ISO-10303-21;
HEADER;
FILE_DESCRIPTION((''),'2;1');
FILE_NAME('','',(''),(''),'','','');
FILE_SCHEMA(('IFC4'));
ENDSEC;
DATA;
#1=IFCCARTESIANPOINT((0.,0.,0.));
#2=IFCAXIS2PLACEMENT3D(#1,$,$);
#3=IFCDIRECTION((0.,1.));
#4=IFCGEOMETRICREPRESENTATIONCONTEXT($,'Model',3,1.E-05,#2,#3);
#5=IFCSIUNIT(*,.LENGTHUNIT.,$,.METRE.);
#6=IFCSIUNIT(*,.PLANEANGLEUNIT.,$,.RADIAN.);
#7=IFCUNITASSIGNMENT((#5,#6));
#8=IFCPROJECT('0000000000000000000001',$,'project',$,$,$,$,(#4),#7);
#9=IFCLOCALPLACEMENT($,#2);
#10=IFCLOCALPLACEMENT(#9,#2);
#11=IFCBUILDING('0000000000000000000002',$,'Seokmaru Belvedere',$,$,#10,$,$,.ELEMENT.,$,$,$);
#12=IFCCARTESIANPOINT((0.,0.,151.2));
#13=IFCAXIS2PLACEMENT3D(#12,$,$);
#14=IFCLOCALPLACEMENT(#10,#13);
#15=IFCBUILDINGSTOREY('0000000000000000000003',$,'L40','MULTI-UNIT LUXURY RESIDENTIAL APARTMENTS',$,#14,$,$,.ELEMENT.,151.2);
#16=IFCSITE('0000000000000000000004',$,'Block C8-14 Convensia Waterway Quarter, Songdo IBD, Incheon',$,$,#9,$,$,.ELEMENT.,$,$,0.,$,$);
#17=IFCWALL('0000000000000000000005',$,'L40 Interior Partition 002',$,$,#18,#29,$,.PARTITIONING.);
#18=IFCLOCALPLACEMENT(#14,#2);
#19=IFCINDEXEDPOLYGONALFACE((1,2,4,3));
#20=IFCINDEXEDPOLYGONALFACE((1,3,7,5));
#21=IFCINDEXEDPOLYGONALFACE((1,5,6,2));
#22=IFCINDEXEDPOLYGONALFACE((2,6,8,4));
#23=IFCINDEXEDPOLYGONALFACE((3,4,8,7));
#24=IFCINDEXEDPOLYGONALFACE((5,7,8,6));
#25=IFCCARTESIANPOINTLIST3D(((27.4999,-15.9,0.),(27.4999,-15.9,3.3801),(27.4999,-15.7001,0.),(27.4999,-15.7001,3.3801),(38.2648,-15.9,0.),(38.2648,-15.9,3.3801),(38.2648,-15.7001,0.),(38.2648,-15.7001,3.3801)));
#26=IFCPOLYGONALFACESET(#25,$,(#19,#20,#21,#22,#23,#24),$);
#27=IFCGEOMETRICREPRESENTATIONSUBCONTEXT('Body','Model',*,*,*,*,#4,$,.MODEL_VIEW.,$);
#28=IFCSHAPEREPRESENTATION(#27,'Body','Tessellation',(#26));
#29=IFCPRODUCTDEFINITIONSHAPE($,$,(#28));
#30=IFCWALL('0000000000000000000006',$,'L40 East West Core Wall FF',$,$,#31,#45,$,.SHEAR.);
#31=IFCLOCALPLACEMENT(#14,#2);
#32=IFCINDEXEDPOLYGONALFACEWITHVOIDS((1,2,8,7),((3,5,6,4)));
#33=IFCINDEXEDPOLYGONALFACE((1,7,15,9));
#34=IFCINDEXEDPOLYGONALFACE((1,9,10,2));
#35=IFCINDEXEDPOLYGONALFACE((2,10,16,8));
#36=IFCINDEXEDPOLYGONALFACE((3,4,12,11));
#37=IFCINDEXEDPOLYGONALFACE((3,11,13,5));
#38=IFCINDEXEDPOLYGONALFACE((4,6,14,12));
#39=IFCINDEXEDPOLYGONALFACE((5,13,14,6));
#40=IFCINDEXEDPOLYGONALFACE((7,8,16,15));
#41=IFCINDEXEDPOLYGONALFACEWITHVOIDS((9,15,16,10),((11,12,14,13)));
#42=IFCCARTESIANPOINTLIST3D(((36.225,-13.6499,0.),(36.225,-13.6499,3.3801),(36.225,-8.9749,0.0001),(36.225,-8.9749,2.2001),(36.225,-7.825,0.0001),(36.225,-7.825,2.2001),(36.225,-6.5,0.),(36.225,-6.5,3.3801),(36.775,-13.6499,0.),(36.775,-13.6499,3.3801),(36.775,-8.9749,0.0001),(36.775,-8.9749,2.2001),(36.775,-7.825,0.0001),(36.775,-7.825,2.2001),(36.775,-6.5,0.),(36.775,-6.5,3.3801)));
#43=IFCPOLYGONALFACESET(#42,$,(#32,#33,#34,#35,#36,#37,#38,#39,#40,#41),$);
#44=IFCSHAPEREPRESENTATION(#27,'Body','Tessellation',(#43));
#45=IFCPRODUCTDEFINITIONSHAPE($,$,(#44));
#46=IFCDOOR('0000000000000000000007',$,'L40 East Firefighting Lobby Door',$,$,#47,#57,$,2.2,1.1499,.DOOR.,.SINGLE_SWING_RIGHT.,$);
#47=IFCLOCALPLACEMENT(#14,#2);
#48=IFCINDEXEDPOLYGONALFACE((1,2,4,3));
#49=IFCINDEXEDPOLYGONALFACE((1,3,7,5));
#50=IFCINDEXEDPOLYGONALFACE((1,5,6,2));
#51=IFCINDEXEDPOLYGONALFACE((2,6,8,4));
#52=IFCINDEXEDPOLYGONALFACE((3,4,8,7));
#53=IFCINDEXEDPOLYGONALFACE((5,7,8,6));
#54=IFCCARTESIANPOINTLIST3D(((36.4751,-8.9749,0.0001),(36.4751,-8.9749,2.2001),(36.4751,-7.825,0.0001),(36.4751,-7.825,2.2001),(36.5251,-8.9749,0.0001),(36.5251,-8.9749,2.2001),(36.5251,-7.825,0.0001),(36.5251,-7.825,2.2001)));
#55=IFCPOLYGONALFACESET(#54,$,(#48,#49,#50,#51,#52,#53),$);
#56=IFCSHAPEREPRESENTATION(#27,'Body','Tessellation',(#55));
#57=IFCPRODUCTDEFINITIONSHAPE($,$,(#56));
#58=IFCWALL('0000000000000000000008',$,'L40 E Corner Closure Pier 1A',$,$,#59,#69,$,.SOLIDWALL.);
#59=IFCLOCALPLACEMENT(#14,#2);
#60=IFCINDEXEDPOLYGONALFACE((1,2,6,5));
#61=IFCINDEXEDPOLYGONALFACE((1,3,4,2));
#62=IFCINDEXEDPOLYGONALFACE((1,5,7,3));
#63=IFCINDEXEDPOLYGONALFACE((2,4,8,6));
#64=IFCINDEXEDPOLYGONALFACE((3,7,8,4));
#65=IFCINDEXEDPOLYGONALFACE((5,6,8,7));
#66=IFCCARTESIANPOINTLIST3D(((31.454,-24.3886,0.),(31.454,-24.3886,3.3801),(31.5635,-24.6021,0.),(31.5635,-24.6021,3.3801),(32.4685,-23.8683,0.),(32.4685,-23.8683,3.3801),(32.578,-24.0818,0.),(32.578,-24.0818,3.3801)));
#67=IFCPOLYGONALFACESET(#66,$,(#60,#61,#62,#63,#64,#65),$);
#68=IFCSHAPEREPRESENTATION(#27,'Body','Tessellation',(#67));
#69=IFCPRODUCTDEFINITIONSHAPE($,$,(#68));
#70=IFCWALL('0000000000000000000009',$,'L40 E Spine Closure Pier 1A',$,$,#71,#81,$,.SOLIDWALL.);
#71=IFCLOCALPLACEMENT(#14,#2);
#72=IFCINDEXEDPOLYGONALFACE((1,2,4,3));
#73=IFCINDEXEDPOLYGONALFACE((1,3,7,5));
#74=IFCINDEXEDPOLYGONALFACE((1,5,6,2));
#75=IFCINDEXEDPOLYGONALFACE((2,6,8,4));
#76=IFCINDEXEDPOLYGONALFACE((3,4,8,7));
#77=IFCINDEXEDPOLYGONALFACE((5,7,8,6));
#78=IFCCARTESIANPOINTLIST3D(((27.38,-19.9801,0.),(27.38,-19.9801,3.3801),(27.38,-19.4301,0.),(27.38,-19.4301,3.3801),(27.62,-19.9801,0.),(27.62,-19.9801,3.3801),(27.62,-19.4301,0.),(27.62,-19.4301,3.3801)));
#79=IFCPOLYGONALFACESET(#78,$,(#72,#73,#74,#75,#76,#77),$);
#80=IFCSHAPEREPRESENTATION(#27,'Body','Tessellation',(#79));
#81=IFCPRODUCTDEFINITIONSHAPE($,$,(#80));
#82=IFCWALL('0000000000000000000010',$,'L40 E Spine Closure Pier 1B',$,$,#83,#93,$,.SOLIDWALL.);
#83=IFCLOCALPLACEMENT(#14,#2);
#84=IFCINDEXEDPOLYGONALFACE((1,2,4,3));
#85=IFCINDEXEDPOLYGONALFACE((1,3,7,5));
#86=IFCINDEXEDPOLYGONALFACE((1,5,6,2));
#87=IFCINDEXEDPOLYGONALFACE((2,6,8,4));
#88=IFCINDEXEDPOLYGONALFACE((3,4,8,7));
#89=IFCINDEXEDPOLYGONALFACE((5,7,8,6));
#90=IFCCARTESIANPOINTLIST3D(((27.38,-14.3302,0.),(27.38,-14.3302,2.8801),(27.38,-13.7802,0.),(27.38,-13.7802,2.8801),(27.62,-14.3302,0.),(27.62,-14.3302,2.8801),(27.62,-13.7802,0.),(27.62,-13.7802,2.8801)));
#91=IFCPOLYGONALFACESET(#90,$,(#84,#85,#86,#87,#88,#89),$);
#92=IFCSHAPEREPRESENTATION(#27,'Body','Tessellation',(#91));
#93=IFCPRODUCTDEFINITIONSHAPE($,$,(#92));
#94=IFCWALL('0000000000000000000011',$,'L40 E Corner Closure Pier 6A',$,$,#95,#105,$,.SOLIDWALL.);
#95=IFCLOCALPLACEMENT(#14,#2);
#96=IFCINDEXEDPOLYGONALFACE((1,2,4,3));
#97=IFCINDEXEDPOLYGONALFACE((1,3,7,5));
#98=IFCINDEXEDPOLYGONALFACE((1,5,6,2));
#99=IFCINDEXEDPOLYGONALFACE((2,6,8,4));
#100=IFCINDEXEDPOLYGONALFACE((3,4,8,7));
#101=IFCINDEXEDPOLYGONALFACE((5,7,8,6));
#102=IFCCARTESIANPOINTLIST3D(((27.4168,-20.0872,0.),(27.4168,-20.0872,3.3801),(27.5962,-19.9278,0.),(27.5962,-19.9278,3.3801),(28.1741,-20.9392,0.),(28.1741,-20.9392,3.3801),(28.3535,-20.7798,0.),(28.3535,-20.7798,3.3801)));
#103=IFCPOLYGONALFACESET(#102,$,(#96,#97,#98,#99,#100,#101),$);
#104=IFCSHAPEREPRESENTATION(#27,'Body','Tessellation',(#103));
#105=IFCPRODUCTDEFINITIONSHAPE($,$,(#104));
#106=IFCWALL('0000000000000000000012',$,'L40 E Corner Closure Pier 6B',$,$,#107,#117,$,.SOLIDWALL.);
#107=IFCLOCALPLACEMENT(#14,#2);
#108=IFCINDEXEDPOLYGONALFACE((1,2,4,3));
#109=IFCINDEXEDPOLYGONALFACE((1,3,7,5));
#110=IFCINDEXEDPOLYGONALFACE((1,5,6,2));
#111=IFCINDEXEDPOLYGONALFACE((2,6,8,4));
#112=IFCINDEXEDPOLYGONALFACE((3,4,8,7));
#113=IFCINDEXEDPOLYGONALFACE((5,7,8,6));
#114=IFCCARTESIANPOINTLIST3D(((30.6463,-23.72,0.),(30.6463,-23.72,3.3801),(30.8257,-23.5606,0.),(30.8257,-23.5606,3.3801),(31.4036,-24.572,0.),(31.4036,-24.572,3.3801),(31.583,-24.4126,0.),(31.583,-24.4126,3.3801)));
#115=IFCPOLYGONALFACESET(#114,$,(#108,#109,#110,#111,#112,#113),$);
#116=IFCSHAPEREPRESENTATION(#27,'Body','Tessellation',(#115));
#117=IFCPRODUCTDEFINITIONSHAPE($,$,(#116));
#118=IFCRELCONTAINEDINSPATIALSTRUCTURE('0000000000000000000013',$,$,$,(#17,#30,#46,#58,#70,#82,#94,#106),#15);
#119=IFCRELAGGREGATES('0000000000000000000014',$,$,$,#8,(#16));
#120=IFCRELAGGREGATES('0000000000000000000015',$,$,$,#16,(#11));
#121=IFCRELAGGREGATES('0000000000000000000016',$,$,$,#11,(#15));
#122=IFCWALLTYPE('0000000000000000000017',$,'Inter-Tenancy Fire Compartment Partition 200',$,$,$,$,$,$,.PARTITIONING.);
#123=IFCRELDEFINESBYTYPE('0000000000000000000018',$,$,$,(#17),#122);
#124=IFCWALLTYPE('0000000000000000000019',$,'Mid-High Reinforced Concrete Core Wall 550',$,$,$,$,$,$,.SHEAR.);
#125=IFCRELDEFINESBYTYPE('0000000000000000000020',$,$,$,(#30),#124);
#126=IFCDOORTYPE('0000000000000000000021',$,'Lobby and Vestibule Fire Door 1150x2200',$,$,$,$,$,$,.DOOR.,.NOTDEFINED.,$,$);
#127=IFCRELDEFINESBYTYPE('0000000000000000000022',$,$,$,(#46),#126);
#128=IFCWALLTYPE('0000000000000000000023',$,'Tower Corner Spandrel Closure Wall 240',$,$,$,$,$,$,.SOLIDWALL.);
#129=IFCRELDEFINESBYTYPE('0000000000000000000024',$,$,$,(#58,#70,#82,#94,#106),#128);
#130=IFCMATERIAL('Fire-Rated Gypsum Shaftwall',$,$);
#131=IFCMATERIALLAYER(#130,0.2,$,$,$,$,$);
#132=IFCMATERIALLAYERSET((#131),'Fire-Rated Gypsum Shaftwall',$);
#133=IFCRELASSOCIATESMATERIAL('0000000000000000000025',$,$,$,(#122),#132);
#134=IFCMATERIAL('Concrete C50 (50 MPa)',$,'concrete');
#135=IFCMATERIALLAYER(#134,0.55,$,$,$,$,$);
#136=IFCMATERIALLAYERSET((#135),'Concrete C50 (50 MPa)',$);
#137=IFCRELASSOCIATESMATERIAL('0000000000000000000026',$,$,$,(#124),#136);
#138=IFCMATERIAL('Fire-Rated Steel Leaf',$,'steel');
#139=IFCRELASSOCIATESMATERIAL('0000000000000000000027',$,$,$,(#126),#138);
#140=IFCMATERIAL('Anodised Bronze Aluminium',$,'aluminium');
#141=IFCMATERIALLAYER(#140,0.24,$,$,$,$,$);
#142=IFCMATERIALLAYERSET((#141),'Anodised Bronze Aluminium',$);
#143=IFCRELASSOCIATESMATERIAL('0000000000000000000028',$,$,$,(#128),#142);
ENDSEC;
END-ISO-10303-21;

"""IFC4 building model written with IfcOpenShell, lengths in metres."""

from ifc_helpers import new_model, si_unit, direction, frame, frame_2d, origin, place, context, subcontext, project, spatial, rectangle, extrude, source, transform, mapped, material, layer, layer_set, type_object, type_shapes, element, fill, save


model = new_model("IFC4")

# Units and contexts
model_context = context("Model", 3, precision=1e-05, world=origin(), true_north=direction((0.0, 1.0)))
body_context = subcontext(model_context, "Body", "Model", "MODEL_VIEW")
ifc_project = project(units=[si_unit("LENGTHUNIT", "METRE"), si_unit("PLANEANGLEUNIT", "RADIAN")], contexts=[model_context])

# Site, building, storey
site_placement = place(None, origin())
site = spatial("IfcSite", under=ifc_project, at=site_placement, Name="Block C8-14 Convensia Waterway Quarter, Songdo IBD, Incheon", CompositionType="ELEMENT", RefElevation=0.0)
building_placement = place(site_placement, origin())
building = spatial("IfcBuilding", under=site, at=building_placement, Name="Seokmaru Belvedere", CompositionType="ELEMENT")
storey_placement = place(building_placement, frame((0.0, 0.0, 151.2)))
storey = spatial("IfcBuildingStorey", under=building, at=storey_placement, Name="L40", Description="MULTI-UNIT LUXURY RESIDENTIAL APARTMENTS", CompositionType="ELEMENT", Elevation=151.2)

# Shared definitions
ifc_material_1 = material(Name="Anodised Bronze Aluminium", Category="aluminium")

# Wall
ifc_material_2 = material(Name="Fire-Rated Gypsum Shaftwall")
ifc_layer_1 = layer(ifc_material_2, 0.2)
ifc_layer_set_1 = layer_set([ifc_layer_1], Name="Fire-Rated Gypsum Shaftwall")
wall_type_1 = type_object("IfcWallType", Name="Inter-Tenancy Fire Compartment Partition 200", PredefinedType="PARTITIONING", material=ifc_layer_set_1)
wall_1_placement = place(storey_placement, frame((27.5, -15.8, 0.0), z_axis=(0.0, 0.0, 1.0), x_axis=(1.0, 0.0, 0.0)))
element("IfcWall", 1, at=wall_1_placement, inside=storey, type_object=wall_type_1, Name="L40 Interior Partition 002", PredefinedType="PARTITIONING", context=body_context, shape_type="SweptSolid", body=[
    extrude(rectangle(XDim=10.7649, YDim=0.2, at=frame_2d((5.3823, 0.0))), origin(), (0.0, 0.0, 1.0), 3.3801),
])

# Wall, opening, door
ifc_material_3 = material(Name="Concrete C50 (50 MPa)", Category="concrete")
ifc_layer_2 = layer(ifc_material_3, 0.55)
ifc_layer_set_2 = layer_set([ifc_layer_2], Name="Concrete C50 (50 MPa)")
wall_type_2 = type_object("IfcWallType", Name="Mid-High Reinforced Concrete Core Wall 550", PredefinedType="SHEAR", material=ifc_layer_set_2)
wall_2_placement = place(storey_placement, frame((36.5, -13.6499, 0.0), z_axis=(0.0, 0.0, 1.0), x_axis=(0.0, 1.0, 0.0)))
wall_2 = element("IfcWall", 2, at=wall_2_placement, inside=storey, type_object=wall_type_2, Name="L40 East West Core Wall FF", PredefinedType="SHEAR", context=body_context, shape_type="SweptSolid", body=[
    extrude(rectangle(XDim=7.1499, YDim=0.55, at=frame_2d((3.575, 0.0))), origin(), (0.0, 0.0, 1.0), 3.3801),
])
opening_placement = place(wall_2_placement, frame((4.675, 0.0, 0.0)))
opening = element("IfcOpeningElement", 3, at=opening_placement, cuts=wall_2, PredefinedType="OPENING", context=body_context, shape_type="SweptSolid", body=[
    extrude(rectangle(XDim=1.1499, YDim=2.2, at=frame_2d((0.575, 1.1001))), frame((0.0, 0.2852, 0.0), z_axis=(0.0, -1.0, 0.0), x_axis=(1.0, 0.0, 0.0)), (0.0, 0.0, 1.0), 0.5701),
])
ifc_material_4 = material(Name="Fire-Rated Steel Leaf", Category="steel")
door_type = type_object("IfcDoorType", Name="Lobby and Vestibule Fire Door 1150x2200", OperationType="NOTDEFINED", PredefinedType="DOOR", material=ifc_material_4)
shared_shape_1 = source(origin(), body_context, "Body", "SweptSolid", [
    extrude(rectangle(XDim=1.1499, YDim=2.2, at=frame_2d((0.575, 1.1001))), frame((0.0, 0.0249, 0.0), z_axis=(0.0, -1.0, 0.0), x_axis=(1.0, 0.0, 0.0)), (0.0, 0.0, 1.0), 0.05),
])
type_shapes(door_type, [shared_shape_1])
door_placement = place(opening_placement, origin())
door = element("IfcDoor", 4, at=door_placement, inside=storey, type_object=door_type, Name="L40 East Firefighting Lobby Door", OperationType="SINGLE_SWING_RIGHT", OverallHeight=2.2, OverallWidth=1.1499, PredefinedType="DOOR", context=body_context, shape_type="MappedRepresentation", body=[
    mapped(shared_shape_1, transform((0.0, 0.0, 0.0), scale=1.0)),
])
fill(opening, door)

# Walls
ifc_layer_3 = layer(ifc_material_1, 0.24)
ifc_layer_set_3 = layer_set([ifc_layer_3], Name="Anodised Bronze Aluminium")
wall_type_3 = type_object("IfcWallType", Name="Tower Corner Spandrel Closure Wall 240", PredefinedType="SOLIDWALL", material=ifc_layer_set_3)
wall_3_placement = place(storey_placement, frame((31.5088, -24.4954, 0.0), z_axis=(0.0, 0.0, 1.0), x_axis=(0.889797, 0.456356, 0.0)))
element("IfcWall", 5, at=wall_3_placement, inside=storey, type_object=wall_type_3, Name="L40 E Corner Closure Pier 1A", PredefinedType="SOLIDWALL", context=body_context, shape_type="SweptSolid", body=[
    extrude(rectangle(XDim=1.1401, YDim=0.24, at=frame_2d((0.5701, 0.0))), origin(), (0.0, 0.0, 1.0), 3.3801),
])
wall_4_placement = place(storey_placement, frame((27.5, -19.98, 0.0), z_axis=(0.0, 0.0, 1.0), x_axis=(0.0, 1.0, 0.0)))
element("IfcWall", 6, at=wall_4_placement, inside=storey, type_object=wall_type_3, Name="L40 E Spine Closure Pier 1A", PredefinedType="SOLIDWALL", context=body_context, shape_type="SweptSolid", body=[
    extrude(rectangle(XDim=0.55, YDim=0.24, at=frame_2d((0.2749, 0.0))), origin(), (0.0, 0.0, 1.0), 3.3801),
])
wall_5_placement = place(storey_placement, frame((27.5, -14.3301, 0.0), z_axis=(0.0, 0.0, 1.0), x_axis=(0.0, 1.0, 0.0)))
element("IfcWall", 7, at=wall_5_placement, inside=storey, type_object=wall_type_3, Name="L40 E Spine Closure Pier 1B", PredefinedType="SOLIDWALL", context=body_context, shape_type="SweptSolid", body=[
    extrude(rectangle(XDim=0.55, YDim=0.24, at=frame_2d((0.2749, 0.0))), origin(), (0.0, 0.0, 1.0), 2.8801),
])
for number, where, z_axis, x_axis, name in (
    (8, (27.5066, -20.0076, 0.0), (0.0, 0.0, 1.0), (0.664337, -0.747433, 0.0), "L40 E Corner Closure Pier 6A"),
    (9, (30.7361, -23.6404, 0.0), (0.0, 0.0, 1.0), (0.664337, -0.747433, 0.0), "L40 E Corner Closure Pier 6B"),
):
    element("IfcWall", number, at=place(storey_placement, frame(where, z_axis=z_axis, x_axis=x_axis)), inside=storey, type_object=wall_type_3, Name=name, PredefinedType="SOLIDWALL", context=body_context, shape_type="SweptSolid", body=[
        extrude(rectangle(XDim=1.1399, YDim=0.24, at=frame_2d((0.5698, 0.0))), origin(), (0.0, 0.0, 1.0), 3.3801),
    ])

save(model, "model.ifc")
